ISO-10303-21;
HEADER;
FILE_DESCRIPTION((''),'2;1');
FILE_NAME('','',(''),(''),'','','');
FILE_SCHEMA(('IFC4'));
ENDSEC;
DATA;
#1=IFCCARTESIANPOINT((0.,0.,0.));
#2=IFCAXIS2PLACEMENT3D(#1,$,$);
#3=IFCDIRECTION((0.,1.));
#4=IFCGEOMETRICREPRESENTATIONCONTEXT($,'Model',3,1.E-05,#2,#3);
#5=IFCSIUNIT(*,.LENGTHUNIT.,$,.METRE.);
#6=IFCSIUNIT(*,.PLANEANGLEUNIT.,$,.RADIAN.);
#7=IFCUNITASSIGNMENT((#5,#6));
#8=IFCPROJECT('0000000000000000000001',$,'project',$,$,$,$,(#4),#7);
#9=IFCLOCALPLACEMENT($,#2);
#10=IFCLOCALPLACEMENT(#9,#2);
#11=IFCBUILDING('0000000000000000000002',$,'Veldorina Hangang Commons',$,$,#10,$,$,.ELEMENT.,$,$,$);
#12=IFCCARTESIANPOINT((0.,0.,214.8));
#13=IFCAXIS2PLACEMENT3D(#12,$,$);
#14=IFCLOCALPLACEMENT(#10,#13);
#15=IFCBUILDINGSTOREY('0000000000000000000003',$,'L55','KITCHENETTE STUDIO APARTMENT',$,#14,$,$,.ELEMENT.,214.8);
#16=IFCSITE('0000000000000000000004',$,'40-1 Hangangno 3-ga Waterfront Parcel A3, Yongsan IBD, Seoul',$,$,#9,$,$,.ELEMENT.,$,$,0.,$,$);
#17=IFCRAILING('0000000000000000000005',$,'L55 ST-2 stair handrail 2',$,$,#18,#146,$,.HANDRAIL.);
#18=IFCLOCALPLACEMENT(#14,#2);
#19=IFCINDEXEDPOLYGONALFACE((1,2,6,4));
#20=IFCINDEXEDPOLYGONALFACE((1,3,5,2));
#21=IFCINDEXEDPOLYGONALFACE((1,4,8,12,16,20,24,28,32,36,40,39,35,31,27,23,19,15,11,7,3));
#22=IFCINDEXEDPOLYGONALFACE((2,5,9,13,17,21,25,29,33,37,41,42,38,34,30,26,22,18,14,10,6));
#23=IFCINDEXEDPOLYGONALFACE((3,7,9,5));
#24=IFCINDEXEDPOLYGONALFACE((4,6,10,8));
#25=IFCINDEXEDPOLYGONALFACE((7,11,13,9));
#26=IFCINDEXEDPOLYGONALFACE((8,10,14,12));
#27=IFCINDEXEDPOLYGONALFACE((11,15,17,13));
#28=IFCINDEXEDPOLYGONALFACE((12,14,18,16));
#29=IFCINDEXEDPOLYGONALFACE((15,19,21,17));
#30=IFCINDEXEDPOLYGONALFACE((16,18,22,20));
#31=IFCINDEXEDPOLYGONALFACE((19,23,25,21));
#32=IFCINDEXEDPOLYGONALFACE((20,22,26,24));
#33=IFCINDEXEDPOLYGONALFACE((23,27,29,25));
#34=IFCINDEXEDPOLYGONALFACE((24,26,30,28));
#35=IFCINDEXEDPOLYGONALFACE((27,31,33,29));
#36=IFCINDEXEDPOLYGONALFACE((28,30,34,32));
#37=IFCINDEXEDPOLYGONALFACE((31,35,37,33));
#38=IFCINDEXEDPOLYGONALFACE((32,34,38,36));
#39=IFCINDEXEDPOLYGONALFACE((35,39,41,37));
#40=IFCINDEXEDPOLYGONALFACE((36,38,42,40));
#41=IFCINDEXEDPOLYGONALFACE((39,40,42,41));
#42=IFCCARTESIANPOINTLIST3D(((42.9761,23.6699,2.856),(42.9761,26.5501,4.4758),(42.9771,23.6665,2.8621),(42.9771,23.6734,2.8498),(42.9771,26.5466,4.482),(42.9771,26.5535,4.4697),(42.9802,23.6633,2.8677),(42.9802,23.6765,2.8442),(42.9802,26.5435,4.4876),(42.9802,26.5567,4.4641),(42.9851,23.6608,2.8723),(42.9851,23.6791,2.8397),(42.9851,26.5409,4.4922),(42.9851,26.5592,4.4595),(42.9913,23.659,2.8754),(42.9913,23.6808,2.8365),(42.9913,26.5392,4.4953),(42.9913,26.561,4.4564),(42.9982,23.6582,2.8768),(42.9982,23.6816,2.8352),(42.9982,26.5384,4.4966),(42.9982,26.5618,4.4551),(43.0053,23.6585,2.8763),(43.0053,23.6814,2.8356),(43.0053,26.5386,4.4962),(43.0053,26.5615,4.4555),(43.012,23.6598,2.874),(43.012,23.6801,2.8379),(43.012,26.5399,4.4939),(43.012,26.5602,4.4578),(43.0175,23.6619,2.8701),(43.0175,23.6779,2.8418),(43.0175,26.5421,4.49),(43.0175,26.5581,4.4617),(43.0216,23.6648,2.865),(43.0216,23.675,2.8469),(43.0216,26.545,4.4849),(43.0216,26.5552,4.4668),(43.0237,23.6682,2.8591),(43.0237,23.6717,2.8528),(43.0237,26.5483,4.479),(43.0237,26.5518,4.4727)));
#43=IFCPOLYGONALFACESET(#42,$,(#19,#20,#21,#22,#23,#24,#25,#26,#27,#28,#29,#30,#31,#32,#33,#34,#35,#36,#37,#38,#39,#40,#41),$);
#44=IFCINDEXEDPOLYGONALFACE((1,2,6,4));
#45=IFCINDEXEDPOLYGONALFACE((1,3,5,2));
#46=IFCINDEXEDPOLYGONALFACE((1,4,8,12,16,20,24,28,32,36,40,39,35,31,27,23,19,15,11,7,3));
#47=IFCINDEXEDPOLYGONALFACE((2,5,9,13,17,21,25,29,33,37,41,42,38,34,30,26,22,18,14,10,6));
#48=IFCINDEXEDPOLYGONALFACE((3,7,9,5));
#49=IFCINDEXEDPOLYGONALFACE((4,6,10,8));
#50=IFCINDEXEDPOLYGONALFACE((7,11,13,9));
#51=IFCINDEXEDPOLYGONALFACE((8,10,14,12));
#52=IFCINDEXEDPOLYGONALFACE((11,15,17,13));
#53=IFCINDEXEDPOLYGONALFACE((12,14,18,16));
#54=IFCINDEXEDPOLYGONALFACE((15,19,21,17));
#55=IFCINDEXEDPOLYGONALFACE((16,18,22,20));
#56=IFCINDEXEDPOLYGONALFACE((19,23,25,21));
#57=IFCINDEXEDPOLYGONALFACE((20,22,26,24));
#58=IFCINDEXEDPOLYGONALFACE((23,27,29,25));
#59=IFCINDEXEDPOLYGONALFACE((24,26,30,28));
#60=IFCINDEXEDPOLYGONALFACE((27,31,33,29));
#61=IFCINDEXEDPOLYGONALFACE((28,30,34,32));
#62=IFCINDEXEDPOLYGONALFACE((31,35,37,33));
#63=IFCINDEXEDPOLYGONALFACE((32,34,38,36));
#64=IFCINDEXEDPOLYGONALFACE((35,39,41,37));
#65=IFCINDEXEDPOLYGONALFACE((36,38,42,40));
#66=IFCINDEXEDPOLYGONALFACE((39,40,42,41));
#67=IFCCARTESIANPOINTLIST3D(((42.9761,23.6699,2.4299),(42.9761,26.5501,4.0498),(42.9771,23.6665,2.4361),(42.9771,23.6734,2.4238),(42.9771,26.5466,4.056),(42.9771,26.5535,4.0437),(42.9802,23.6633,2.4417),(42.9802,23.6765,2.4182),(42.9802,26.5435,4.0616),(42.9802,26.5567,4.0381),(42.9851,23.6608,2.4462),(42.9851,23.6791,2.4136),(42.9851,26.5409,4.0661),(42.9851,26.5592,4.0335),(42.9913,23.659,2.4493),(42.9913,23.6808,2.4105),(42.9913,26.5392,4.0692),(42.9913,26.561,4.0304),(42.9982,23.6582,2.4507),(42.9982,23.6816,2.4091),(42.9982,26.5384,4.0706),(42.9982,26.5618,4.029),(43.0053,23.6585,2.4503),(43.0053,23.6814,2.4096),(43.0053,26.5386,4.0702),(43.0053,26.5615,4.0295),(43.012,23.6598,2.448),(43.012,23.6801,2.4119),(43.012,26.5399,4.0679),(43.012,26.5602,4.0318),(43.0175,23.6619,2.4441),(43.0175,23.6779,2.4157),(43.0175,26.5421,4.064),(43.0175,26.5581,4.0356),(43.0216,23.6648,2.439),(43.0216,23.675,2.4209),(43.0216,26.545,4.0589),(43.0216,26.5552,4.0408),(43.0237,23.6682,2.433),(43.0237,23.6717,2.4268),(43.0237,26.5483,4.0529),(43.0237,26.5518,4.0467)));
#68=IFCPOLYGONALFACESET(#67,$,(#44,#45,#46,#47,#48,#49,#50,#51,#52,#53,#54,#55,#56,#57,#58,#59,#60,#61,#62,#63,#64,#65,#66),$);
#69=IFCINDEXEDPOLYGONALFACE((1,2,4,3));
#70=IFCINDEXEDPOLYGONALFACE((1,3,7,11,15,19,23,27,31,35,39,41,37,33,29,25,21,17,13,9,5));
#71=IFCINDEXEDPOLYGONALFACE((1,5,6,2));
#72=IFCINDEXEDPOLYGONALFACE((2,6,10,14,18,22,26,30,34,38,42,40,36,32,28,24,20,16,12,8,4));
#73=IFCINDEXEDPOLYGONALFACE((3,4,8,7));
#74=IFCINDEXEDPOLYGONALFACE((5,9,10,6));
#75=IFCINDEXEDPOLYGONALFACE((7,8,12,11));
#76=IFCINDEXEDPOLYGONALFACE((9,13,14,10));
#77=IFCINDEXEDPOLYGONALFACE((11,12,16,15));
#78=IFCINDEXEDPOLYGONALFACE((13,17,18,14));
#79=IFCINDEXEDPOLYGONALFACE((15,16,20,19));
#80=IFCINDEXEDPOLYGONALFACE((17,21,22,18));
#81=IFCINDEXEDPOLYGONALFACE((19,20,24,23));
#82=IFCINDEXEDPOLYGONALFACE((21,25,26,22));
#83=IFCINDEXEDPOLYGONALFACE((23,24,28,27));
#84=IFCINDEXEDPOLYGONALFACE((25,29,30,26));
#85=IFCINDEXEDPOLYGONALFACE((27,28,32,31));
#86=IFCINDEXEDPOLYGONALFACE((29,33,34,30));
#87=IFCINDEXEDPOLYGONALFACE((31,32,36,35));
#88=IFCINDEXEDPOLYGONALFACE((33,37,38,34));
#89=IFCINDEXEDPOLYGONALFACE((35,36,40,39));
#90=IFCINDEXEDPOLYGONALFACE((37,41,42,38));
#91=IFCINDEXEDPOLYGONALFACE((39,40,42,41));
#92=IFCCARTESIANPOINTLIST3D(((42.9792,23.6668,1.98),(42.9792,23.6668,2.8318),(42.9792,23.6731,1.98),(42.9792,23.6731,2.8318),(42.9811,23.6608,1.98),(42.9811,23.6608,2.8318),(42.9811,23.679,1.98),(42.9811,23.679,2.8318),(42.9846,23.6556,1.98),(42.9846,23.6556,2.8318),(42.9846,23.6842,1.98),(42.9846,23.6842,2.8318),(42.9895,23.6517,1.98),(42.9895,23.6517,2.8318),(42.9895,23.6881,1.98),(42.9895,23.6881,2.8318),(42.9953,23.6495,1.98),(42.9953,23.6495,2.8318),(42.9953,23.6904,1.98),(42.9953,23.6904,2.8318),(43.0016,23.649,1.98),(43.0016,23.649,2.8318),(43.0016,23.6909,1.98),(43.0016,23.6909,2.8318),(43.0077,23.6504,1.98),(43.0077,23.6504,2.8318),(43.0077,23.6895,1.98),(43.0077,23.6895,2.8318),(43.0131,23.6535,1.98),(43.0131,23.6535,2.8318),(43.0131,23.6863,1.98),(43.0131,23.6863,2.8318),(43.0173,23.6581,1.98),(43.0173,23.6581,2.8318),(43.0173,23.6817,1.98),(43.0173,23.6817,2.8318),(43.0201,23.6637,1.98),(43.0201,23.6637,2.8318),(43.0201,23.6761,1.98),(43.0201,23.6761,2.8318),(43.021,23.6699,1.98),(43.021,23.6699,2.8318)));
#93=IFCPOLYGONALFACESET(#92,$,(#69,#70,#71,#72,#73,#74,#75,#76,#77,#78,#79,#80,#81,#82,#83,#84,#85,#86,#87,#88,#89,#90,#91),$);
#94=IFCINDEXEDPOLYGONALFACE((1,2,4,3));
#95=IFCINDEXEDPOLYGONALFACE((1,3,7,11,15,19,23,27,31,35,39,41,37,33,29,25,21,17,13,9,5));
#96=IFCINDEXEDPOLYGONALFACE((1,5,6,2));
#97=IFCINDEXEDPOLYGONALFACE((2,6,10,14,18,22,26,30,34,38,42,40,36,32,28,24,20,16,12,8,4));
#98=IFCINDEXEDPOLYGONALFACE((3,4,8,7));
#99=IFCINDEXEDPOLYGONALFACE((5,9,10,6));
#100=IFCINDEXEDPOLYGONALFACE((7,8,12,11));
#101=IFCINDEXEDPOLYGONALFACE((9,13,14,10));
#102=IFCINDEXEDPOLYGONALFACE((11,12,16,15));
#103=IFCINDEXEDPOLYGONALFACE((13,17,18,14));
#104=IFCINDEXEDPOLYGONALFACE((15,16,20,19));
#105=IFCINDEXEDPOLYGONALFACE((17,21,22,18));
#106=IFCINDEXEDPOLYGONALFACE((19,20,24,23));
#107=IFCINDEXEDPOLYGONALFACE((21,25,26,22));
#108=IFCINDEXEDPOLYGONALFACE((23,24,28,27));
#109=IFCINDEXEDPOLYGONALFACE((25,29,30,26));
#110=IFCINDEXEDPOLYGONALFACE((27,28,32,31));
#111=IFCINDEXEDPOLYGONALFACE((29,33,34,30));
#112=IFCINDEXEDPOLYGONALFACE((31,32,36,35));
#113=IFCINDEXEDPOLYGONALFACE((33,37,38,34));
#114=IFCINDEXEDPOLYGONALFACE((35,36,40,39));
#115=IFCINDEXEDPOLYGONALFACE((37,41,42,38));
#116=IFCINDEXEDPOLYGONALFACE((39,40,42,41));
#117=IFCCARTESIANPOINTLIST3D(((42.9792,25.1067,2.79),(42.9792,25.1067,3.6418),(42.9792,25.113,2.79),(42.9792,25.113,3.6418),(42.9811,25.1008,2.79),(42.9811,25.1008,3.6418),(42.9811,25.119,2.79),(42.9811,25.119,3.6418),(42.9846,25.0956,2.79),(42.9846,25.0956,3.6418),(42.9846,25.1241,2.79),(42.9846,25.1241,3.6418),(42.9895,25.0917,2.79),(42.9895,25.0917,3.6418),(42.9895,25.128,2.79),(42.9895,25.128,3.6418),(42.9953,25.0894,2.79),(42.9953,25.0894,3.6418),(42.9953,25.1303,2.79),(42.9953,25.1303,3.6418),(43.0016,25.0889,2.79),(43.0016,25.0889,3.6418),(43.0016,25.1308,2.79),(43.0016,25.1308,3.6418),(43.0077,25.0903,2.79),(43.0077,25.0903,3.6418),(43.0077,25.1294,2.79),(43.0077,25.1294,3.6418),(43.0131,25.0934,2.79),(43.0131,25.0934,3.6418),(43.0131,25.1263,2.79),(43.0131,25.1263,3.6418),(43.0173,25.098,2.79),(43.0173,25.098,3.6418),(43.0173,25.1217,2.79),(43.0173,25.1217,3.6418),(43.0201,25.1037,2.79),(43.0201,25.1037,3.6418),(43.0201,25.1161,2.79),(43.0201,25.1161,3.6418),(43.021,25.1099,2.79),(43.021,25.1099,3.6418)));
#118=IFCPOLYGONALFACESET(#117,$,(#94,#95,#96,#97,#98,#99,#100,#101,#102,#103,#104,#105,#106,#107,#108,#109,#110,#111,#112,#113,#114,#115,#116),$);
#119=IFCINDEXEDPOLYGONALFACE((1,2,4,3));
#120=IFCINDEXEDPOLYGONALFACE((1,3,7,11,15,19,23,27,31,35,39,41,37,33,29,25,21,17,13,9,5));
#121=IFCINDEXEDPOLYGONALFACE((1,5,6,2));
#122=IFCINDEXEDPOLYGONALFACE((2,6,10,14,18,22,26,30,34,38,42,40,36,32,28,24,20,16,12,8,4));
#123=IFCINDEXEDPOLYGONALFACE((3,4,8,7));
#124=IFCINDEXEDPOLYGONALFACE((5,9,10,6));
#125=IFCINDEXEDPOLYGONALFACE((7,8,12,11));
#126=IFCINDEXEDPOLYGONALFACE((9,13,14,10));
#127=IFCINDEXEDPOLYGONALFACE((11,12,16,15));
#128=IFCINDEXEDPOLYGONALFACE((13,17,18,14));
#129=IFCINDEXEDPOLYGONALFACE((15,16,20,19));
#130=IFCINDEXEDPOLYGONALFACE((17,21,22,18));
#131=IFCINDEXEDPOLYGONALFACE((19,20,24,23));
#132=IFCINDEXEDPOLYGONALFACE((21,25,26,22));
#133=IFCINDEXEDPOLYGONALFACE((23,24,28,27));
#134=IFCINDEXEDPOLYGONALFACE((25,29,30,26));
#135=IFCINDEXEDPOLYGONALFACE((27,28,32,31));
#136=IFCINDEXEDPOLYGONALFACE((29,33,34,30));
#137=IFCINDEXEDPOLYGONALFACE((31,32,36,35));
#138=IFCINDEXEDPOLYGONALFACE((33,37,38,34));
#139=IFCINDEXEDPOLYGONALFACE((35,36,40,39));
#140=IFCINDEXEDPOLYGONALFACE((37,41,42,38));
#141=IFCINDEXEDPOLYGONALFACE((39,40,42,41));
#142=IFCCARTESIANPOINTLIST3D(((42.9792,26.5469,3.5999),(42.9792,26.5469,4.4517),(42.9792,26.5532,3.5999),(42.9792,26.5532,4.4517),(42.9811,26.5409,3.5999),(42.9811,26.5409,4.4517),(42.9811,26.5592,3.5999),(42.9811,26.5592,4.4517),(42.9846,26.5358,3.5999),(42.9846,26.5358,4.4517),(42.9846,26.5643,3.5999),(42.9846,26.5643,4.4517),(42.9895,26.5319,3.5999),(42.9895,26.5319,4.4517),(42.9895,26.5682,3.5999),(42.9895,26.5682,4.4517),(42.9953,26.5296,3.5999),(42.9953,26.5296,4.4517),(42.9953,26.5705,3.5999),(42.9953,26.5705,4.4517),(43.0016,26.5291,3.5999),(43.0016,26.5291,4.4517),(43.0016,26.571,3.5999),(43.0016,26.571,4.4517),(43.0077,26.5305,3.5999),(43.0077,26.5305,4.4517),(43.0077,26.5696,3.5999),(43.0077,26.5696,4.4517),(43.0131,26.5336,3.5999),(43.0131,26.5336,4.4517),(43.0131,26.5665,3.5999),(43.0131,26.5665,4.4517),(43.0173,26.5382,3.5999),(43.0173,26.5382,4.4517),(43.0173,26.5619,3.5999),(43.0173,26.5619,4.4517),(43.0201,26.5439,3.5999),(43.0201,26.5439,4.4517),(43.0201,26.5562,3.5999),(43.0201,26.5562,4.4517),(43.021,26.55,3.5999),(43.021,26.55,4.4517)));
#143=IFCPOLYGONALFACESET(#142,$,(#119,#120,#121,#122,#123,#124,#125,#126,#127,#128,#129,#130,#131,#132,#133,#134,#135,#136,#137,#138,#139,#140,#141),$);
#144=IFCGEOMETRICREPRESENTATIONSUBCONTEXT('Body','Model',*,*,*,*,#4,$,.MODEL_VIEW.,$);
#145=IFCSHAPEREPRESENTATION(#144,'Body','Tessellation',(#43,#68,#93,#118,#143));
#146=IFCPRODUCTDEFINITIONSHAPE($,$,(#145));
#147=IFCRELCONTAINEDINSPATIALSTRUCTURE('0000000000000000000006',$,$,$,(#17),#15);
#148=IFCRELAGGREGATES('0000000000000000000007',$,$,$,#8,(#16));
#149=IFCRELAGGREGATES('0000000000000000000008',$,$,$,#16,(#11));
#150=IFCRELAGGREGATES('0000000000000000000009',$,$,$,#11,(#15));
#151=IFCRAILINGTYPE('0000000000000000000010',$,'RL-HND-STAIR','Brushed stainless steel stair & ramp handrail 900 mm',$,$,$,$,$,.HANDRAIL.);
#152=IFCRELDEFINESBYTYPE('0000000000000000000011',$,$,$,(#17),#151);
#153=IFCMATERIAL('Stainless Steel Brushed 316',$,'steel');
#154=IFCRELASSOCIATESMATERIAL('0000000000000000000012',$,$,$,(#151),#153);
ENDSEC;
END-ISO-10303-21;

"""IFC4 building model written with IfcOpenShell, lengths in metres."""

from ifc_helpers import new_model, si_unit, direction, frame, origin, origin_2d, place, context, subcontext, project, spatial, circle, extrude, material, type_object, element, save


model = new_model("IFC4")

# Units and contexts
model_context = context("Model", 3, precision=1e-05, world=origin(), true_north=direction((0.0, 1.0)))
body_context = subcontext(model_context, "Body", "Model", "MODEL_VIEW")
ifc_project = project(units=[si_unit("LENGTHUNIT", "METRE"), si_unit("PLANEANGLEUNIT", "RADIAN")], contexts=[model_context])

# Site, building, storey
site_placement = place(None, origin())
site = spatial("IfcSite", under=ifc_project, at=site_placement, Name="40-1 Hangangno 3-ga Waterfront Parcel A3, Yongsan IBD, Seoul", CompositionType="ELEMENT", RefElevation=0.0)
building_placement = place(site_placement, origin())
building = spatial("IfcBuilding", under=site, at=building_placement, Name="Veldorina Hangang Commons", CompositionType="ELEMENT")
storey_placement = place(building_placement, frame((0.0, 0.0, 214.8)))
storey = spatial("IfcBuildingStorey", under=building, at=storey_placement, Name="L55", Description="KITCHENETTE STUDIO APARTMENT", CompositionType="ELEMENT", Elevation=214.8)

# Railing
ifc_material_1 = material(Name="Stainless Steel Brushed 316", Category="steel")
railing_type_1 = type_object("IfcRailingType", Name="RL-HND-STAIR", Description="Brushed stainless steel stair & ramp handrail 900 mm", PredefinedType="HANDRAIL", material=ifc_material_1)
railing_1_placement = place(storey_placement, frame((43.0, 23.6699, 1.98)))
element("IfcRailing", 1, at=railing_1_placement, inside=storey, type_object=railing_type_1, Name="L55 ST-2 stair handrail 2", PredefinedType="HANDRAIL", context=body_context, shape_type="SweptSolid", body=[
    extrude(circle(Radius=0.0239, at=origin_2d()), frame((0.0, 0.0, 0.876), z_axis=(0.0, 0.871601, 0.490216), x_axis=(-1.0, 0.0, 0.0)), (0.0, 0.0, 1.0), 3.3044),
    extrude(circle(Radius=0.0239, at=origin_2d()), frame((0.0, 0.0, 0.45), z_axis=(0.0, 0.871601, 0.490216), x_axis=(-1.0, 0.0, 0.0)), (0.0, 0.0, 1.0), 3.3044),
    extrude(circle(Radius=0.021, at=origin_2d()), origin(), (0.0, 0.0, 1.0), 0.8518),
    extrude(circle(Radius=0.021, at=origin_2d()), frame((0.0, 1.4399, 0.8101)), (0.0, 0.0, 1.0), 0.8518),
    extrude(circle(Radius=0.021, at=origin_2d()), frame((0.0, 2.8801, 1.6199)), (0.0, 0.0, 1.0), 0.8518),
])

save(model, "model.ifc")
